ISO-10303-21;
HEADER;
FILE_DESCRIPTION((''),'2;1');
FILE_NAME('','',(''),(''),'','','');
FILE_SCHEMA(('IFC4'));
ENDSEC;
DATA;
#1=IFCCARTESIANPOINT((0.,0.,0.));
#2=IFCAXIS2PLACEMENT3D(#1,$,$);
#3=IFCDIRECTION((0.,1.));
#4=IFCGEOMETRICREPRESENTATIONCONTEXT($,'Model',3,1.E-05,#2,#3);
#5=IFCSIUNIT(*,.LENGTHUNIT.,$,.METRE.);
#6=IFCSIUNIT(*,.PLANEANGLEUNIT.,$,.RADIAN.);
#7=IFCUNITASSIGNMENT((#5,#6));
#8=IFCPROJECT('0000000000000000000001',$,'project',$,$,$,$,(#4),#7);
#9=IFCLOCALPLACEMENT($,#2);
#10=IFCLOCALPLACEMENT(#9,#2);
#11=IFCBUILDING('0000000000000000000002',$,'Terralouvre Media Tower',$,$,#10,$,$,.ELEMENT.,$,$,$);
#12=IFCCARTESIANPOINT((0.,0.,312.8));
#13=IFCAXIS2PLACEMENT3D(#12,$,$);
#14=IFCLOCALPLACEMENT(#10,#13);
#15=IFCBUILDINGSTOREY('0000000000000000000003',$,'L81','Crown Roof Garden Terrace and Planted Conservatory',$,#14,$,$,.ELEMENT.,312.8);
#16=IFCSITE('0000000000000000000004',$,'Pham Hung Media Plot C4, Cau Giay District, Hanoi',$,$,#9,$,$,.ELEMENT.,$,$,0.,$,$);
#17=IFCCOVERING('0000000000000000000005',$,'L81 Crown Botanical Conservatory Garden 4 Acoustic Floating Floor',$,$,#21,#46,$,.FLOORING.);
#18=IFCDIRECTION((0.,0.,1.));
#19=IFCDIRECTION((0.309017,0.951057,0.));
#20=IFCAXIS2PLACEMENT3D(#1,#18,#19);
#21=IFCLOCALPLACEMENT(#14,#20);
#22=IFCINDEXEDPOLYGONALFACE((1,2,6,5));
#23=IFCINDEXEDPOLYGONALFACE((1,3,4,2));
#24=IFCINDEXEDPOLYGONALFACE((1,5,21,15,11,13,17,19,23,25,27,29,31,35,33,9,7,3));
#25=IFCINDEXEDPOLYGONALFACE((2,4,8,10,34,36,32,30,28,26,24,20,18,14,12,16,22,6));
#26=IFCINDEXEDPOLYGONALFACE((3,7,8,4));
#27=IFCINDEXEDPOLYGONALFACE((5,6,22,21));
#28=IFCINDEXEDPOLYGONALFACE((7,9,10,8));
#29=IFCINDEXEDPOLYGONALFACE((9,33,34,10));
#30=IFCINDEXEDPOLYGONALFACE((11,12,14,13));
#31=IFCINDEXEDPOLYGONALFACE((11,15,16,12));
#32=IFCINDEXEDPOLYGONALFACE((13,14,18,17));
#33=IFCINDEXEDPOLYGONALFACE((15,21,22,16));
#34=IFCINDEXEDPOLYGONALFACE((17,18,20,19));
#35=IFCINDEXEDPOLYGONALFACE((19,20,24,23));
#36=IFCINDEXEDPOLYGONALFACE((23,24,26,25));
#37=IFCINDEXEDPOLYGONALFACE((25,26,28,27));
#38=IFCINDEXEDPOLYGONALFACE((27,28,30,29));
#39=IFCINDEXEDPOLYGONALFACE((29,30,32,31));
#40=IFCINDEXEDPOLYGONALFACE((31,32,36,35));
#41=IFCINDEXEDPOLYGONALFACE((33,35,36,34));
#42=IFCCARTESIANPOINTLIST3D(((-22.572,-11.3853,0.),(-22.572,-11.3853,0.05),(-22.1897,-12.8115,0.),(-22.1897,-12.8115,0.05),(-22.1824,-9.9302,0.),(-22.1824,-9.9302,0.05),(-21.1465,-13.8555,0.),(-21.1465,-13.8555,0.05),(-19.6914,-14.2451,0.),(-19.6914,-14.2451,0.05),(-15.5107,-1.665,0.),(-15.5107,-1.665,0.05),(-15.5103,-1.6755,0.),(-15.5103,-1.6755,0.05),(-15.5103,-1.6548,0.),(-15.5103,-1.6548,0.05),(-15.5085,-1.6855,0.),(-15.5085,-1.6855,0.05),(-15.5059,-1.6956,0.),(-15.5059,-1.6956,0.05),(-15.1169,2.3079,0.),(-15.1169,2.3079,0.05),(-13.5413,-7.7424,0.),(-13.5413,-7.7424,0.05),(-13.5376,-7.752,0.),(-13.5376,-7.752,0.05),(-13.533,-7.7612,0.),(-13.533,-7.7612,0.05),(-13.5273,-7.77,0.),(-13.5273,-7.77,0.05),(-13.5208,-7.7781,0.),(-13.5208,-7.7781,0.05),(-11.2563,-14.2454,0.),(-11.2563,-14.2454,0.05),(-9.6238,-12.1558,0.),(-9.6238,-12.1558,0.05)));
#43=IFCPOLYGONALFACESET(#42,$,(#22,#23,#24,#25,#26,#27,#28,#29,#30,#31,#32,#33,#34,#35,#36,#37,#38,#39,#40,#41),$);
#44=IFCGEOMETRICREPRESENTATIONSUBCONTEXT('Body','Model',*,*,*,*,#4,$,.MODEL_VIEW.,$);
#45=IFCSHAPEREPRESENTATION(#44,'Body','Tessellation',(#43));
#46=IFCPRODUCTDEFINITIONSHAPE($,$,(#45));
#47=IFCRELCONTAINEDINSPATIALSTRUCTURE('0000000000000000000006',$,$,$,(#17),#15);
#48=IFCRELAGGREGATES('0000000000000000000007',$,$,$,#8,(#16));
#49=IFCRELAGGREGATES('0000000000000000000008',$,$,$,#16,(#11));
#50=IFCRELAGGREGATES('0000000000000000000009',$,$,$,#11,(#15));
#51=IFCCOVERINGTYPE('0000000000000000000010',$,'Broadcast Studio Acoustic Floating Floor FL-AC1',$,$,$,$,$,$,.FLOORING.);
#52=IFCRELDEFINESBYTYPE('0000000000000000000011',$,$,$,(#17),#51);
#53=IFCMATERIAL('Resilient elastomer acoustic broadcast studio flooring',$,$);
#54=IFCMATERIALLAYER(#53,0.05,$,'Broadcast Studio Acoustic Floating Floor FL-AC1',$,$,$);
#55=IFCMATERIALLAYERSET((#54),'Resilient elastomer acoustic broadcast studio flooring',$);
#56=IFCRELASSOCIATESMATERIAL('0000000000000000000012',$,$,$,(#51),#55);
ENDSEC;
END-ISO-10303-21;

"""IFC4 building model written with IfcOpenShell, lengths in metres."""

from ifc_helpers import new_model, si_unit, direction, frame, origin, place, context, subcontext, project, spatial, polyline, outline, extrude, material, layer, layer_set, type_object, element, save


model = new_model("IFC4")

# Units and contexts
model_context = context("Model", 3, precision=1e-05, world=origin(), true_north=direction((0.0, 1.0)))
body_context = subcontext(model_context, "Body", "Model", "MODEL_VIEW")
ifc_project = project(units=[si_unit("LENGTHUNIT", "METRE"), si_unit("PLANEANGLEUNIT", "RADIAN")], contexts=[model_context])

# Site, building, storey
site_placement = place(None, origin())
site = spatial("IfcSite", under=ifc_project, at=site_placement, Name="Pham Hung Media Plot C4, Cau Giay District, Hanoi", CompositionType="ELEMENT", RefElevation=0.0)
building_placement = place(site_placement, origin())
building = spatial("IfcBuilding", under=site, at=building_placement, Name="Terralouvre Media Tower", CompositionType="ELEMENT")
storey_placement = place(building_placement, frame((0.0, 0.0, 312.8)))
storey = spatial("IfcBuildingStorey", under=building, at=storey_placement, Name="L81", Description="Crown Roof Garden Terrace and Planted Conservatory", CompositionType="ELEMENT", Elevation=312.8)

# Covering
ifc_material_1 = material(Name="Resilient elastomer acoustic broadcast studio flooring")
ifc_layer_1 = layer(ifc_material_1, 0.05, Name="Broadcast Studio Acoustic Floating Floor FL-AC1")
ifc_layer_set_1 = layer_set([ifc_layer_1], Name="Resilient elastomer acoustic broadcast studio flooring")
covering_type = type_object("IfcCoveringType", Name="Broadcast Studio Acoustic Floating Floor FL-AC1", PredefinedType="FLOORING", material=ifc_layer_set_1)
covering_placement = place(storey_placement, frame((0.0, 0.0, 0.0), z_axis=(0.0, 0.0, 1.0), x_axis=(0.309017, 0.951057, 0.0)))
element("IfcCovering", 1, at=covering_placement, inside=storey, type_object=covering_type, Name="L81 Crown Botanical Conservatory Garden 4 Acoustic Floating Floor", PredefinedType="FLOORING", context=body_context, shape_type="SweptSolid", body=[
    extrude(outline(polyline([(-13.5208, -7.7781), (-13.5273, -7.77), (-13.533, -7.7612), (-13.5376, -7.752), (-13.5413, -7.7424), (-15.5059, -1.6956), (-15.5085, -1.6855), (-15.5103, -1.6755), (-15.5107, -1.665), (-15.5103, -1.6548), (-15.1169, 2.3079), (-22.1824, -9.9302), (-22.572, -11.3853), (-22.1897, -12.8115), (-21.1465, -13.8555), (-19.6914, -14.2451), (-11.2563, -14.2454), (-9.6238, -12.1558), (-13.5208, -7.7781)])), origin(), (0.0, 0.0, 1.0), 0.05),
])

save(model, "model.ifc")
